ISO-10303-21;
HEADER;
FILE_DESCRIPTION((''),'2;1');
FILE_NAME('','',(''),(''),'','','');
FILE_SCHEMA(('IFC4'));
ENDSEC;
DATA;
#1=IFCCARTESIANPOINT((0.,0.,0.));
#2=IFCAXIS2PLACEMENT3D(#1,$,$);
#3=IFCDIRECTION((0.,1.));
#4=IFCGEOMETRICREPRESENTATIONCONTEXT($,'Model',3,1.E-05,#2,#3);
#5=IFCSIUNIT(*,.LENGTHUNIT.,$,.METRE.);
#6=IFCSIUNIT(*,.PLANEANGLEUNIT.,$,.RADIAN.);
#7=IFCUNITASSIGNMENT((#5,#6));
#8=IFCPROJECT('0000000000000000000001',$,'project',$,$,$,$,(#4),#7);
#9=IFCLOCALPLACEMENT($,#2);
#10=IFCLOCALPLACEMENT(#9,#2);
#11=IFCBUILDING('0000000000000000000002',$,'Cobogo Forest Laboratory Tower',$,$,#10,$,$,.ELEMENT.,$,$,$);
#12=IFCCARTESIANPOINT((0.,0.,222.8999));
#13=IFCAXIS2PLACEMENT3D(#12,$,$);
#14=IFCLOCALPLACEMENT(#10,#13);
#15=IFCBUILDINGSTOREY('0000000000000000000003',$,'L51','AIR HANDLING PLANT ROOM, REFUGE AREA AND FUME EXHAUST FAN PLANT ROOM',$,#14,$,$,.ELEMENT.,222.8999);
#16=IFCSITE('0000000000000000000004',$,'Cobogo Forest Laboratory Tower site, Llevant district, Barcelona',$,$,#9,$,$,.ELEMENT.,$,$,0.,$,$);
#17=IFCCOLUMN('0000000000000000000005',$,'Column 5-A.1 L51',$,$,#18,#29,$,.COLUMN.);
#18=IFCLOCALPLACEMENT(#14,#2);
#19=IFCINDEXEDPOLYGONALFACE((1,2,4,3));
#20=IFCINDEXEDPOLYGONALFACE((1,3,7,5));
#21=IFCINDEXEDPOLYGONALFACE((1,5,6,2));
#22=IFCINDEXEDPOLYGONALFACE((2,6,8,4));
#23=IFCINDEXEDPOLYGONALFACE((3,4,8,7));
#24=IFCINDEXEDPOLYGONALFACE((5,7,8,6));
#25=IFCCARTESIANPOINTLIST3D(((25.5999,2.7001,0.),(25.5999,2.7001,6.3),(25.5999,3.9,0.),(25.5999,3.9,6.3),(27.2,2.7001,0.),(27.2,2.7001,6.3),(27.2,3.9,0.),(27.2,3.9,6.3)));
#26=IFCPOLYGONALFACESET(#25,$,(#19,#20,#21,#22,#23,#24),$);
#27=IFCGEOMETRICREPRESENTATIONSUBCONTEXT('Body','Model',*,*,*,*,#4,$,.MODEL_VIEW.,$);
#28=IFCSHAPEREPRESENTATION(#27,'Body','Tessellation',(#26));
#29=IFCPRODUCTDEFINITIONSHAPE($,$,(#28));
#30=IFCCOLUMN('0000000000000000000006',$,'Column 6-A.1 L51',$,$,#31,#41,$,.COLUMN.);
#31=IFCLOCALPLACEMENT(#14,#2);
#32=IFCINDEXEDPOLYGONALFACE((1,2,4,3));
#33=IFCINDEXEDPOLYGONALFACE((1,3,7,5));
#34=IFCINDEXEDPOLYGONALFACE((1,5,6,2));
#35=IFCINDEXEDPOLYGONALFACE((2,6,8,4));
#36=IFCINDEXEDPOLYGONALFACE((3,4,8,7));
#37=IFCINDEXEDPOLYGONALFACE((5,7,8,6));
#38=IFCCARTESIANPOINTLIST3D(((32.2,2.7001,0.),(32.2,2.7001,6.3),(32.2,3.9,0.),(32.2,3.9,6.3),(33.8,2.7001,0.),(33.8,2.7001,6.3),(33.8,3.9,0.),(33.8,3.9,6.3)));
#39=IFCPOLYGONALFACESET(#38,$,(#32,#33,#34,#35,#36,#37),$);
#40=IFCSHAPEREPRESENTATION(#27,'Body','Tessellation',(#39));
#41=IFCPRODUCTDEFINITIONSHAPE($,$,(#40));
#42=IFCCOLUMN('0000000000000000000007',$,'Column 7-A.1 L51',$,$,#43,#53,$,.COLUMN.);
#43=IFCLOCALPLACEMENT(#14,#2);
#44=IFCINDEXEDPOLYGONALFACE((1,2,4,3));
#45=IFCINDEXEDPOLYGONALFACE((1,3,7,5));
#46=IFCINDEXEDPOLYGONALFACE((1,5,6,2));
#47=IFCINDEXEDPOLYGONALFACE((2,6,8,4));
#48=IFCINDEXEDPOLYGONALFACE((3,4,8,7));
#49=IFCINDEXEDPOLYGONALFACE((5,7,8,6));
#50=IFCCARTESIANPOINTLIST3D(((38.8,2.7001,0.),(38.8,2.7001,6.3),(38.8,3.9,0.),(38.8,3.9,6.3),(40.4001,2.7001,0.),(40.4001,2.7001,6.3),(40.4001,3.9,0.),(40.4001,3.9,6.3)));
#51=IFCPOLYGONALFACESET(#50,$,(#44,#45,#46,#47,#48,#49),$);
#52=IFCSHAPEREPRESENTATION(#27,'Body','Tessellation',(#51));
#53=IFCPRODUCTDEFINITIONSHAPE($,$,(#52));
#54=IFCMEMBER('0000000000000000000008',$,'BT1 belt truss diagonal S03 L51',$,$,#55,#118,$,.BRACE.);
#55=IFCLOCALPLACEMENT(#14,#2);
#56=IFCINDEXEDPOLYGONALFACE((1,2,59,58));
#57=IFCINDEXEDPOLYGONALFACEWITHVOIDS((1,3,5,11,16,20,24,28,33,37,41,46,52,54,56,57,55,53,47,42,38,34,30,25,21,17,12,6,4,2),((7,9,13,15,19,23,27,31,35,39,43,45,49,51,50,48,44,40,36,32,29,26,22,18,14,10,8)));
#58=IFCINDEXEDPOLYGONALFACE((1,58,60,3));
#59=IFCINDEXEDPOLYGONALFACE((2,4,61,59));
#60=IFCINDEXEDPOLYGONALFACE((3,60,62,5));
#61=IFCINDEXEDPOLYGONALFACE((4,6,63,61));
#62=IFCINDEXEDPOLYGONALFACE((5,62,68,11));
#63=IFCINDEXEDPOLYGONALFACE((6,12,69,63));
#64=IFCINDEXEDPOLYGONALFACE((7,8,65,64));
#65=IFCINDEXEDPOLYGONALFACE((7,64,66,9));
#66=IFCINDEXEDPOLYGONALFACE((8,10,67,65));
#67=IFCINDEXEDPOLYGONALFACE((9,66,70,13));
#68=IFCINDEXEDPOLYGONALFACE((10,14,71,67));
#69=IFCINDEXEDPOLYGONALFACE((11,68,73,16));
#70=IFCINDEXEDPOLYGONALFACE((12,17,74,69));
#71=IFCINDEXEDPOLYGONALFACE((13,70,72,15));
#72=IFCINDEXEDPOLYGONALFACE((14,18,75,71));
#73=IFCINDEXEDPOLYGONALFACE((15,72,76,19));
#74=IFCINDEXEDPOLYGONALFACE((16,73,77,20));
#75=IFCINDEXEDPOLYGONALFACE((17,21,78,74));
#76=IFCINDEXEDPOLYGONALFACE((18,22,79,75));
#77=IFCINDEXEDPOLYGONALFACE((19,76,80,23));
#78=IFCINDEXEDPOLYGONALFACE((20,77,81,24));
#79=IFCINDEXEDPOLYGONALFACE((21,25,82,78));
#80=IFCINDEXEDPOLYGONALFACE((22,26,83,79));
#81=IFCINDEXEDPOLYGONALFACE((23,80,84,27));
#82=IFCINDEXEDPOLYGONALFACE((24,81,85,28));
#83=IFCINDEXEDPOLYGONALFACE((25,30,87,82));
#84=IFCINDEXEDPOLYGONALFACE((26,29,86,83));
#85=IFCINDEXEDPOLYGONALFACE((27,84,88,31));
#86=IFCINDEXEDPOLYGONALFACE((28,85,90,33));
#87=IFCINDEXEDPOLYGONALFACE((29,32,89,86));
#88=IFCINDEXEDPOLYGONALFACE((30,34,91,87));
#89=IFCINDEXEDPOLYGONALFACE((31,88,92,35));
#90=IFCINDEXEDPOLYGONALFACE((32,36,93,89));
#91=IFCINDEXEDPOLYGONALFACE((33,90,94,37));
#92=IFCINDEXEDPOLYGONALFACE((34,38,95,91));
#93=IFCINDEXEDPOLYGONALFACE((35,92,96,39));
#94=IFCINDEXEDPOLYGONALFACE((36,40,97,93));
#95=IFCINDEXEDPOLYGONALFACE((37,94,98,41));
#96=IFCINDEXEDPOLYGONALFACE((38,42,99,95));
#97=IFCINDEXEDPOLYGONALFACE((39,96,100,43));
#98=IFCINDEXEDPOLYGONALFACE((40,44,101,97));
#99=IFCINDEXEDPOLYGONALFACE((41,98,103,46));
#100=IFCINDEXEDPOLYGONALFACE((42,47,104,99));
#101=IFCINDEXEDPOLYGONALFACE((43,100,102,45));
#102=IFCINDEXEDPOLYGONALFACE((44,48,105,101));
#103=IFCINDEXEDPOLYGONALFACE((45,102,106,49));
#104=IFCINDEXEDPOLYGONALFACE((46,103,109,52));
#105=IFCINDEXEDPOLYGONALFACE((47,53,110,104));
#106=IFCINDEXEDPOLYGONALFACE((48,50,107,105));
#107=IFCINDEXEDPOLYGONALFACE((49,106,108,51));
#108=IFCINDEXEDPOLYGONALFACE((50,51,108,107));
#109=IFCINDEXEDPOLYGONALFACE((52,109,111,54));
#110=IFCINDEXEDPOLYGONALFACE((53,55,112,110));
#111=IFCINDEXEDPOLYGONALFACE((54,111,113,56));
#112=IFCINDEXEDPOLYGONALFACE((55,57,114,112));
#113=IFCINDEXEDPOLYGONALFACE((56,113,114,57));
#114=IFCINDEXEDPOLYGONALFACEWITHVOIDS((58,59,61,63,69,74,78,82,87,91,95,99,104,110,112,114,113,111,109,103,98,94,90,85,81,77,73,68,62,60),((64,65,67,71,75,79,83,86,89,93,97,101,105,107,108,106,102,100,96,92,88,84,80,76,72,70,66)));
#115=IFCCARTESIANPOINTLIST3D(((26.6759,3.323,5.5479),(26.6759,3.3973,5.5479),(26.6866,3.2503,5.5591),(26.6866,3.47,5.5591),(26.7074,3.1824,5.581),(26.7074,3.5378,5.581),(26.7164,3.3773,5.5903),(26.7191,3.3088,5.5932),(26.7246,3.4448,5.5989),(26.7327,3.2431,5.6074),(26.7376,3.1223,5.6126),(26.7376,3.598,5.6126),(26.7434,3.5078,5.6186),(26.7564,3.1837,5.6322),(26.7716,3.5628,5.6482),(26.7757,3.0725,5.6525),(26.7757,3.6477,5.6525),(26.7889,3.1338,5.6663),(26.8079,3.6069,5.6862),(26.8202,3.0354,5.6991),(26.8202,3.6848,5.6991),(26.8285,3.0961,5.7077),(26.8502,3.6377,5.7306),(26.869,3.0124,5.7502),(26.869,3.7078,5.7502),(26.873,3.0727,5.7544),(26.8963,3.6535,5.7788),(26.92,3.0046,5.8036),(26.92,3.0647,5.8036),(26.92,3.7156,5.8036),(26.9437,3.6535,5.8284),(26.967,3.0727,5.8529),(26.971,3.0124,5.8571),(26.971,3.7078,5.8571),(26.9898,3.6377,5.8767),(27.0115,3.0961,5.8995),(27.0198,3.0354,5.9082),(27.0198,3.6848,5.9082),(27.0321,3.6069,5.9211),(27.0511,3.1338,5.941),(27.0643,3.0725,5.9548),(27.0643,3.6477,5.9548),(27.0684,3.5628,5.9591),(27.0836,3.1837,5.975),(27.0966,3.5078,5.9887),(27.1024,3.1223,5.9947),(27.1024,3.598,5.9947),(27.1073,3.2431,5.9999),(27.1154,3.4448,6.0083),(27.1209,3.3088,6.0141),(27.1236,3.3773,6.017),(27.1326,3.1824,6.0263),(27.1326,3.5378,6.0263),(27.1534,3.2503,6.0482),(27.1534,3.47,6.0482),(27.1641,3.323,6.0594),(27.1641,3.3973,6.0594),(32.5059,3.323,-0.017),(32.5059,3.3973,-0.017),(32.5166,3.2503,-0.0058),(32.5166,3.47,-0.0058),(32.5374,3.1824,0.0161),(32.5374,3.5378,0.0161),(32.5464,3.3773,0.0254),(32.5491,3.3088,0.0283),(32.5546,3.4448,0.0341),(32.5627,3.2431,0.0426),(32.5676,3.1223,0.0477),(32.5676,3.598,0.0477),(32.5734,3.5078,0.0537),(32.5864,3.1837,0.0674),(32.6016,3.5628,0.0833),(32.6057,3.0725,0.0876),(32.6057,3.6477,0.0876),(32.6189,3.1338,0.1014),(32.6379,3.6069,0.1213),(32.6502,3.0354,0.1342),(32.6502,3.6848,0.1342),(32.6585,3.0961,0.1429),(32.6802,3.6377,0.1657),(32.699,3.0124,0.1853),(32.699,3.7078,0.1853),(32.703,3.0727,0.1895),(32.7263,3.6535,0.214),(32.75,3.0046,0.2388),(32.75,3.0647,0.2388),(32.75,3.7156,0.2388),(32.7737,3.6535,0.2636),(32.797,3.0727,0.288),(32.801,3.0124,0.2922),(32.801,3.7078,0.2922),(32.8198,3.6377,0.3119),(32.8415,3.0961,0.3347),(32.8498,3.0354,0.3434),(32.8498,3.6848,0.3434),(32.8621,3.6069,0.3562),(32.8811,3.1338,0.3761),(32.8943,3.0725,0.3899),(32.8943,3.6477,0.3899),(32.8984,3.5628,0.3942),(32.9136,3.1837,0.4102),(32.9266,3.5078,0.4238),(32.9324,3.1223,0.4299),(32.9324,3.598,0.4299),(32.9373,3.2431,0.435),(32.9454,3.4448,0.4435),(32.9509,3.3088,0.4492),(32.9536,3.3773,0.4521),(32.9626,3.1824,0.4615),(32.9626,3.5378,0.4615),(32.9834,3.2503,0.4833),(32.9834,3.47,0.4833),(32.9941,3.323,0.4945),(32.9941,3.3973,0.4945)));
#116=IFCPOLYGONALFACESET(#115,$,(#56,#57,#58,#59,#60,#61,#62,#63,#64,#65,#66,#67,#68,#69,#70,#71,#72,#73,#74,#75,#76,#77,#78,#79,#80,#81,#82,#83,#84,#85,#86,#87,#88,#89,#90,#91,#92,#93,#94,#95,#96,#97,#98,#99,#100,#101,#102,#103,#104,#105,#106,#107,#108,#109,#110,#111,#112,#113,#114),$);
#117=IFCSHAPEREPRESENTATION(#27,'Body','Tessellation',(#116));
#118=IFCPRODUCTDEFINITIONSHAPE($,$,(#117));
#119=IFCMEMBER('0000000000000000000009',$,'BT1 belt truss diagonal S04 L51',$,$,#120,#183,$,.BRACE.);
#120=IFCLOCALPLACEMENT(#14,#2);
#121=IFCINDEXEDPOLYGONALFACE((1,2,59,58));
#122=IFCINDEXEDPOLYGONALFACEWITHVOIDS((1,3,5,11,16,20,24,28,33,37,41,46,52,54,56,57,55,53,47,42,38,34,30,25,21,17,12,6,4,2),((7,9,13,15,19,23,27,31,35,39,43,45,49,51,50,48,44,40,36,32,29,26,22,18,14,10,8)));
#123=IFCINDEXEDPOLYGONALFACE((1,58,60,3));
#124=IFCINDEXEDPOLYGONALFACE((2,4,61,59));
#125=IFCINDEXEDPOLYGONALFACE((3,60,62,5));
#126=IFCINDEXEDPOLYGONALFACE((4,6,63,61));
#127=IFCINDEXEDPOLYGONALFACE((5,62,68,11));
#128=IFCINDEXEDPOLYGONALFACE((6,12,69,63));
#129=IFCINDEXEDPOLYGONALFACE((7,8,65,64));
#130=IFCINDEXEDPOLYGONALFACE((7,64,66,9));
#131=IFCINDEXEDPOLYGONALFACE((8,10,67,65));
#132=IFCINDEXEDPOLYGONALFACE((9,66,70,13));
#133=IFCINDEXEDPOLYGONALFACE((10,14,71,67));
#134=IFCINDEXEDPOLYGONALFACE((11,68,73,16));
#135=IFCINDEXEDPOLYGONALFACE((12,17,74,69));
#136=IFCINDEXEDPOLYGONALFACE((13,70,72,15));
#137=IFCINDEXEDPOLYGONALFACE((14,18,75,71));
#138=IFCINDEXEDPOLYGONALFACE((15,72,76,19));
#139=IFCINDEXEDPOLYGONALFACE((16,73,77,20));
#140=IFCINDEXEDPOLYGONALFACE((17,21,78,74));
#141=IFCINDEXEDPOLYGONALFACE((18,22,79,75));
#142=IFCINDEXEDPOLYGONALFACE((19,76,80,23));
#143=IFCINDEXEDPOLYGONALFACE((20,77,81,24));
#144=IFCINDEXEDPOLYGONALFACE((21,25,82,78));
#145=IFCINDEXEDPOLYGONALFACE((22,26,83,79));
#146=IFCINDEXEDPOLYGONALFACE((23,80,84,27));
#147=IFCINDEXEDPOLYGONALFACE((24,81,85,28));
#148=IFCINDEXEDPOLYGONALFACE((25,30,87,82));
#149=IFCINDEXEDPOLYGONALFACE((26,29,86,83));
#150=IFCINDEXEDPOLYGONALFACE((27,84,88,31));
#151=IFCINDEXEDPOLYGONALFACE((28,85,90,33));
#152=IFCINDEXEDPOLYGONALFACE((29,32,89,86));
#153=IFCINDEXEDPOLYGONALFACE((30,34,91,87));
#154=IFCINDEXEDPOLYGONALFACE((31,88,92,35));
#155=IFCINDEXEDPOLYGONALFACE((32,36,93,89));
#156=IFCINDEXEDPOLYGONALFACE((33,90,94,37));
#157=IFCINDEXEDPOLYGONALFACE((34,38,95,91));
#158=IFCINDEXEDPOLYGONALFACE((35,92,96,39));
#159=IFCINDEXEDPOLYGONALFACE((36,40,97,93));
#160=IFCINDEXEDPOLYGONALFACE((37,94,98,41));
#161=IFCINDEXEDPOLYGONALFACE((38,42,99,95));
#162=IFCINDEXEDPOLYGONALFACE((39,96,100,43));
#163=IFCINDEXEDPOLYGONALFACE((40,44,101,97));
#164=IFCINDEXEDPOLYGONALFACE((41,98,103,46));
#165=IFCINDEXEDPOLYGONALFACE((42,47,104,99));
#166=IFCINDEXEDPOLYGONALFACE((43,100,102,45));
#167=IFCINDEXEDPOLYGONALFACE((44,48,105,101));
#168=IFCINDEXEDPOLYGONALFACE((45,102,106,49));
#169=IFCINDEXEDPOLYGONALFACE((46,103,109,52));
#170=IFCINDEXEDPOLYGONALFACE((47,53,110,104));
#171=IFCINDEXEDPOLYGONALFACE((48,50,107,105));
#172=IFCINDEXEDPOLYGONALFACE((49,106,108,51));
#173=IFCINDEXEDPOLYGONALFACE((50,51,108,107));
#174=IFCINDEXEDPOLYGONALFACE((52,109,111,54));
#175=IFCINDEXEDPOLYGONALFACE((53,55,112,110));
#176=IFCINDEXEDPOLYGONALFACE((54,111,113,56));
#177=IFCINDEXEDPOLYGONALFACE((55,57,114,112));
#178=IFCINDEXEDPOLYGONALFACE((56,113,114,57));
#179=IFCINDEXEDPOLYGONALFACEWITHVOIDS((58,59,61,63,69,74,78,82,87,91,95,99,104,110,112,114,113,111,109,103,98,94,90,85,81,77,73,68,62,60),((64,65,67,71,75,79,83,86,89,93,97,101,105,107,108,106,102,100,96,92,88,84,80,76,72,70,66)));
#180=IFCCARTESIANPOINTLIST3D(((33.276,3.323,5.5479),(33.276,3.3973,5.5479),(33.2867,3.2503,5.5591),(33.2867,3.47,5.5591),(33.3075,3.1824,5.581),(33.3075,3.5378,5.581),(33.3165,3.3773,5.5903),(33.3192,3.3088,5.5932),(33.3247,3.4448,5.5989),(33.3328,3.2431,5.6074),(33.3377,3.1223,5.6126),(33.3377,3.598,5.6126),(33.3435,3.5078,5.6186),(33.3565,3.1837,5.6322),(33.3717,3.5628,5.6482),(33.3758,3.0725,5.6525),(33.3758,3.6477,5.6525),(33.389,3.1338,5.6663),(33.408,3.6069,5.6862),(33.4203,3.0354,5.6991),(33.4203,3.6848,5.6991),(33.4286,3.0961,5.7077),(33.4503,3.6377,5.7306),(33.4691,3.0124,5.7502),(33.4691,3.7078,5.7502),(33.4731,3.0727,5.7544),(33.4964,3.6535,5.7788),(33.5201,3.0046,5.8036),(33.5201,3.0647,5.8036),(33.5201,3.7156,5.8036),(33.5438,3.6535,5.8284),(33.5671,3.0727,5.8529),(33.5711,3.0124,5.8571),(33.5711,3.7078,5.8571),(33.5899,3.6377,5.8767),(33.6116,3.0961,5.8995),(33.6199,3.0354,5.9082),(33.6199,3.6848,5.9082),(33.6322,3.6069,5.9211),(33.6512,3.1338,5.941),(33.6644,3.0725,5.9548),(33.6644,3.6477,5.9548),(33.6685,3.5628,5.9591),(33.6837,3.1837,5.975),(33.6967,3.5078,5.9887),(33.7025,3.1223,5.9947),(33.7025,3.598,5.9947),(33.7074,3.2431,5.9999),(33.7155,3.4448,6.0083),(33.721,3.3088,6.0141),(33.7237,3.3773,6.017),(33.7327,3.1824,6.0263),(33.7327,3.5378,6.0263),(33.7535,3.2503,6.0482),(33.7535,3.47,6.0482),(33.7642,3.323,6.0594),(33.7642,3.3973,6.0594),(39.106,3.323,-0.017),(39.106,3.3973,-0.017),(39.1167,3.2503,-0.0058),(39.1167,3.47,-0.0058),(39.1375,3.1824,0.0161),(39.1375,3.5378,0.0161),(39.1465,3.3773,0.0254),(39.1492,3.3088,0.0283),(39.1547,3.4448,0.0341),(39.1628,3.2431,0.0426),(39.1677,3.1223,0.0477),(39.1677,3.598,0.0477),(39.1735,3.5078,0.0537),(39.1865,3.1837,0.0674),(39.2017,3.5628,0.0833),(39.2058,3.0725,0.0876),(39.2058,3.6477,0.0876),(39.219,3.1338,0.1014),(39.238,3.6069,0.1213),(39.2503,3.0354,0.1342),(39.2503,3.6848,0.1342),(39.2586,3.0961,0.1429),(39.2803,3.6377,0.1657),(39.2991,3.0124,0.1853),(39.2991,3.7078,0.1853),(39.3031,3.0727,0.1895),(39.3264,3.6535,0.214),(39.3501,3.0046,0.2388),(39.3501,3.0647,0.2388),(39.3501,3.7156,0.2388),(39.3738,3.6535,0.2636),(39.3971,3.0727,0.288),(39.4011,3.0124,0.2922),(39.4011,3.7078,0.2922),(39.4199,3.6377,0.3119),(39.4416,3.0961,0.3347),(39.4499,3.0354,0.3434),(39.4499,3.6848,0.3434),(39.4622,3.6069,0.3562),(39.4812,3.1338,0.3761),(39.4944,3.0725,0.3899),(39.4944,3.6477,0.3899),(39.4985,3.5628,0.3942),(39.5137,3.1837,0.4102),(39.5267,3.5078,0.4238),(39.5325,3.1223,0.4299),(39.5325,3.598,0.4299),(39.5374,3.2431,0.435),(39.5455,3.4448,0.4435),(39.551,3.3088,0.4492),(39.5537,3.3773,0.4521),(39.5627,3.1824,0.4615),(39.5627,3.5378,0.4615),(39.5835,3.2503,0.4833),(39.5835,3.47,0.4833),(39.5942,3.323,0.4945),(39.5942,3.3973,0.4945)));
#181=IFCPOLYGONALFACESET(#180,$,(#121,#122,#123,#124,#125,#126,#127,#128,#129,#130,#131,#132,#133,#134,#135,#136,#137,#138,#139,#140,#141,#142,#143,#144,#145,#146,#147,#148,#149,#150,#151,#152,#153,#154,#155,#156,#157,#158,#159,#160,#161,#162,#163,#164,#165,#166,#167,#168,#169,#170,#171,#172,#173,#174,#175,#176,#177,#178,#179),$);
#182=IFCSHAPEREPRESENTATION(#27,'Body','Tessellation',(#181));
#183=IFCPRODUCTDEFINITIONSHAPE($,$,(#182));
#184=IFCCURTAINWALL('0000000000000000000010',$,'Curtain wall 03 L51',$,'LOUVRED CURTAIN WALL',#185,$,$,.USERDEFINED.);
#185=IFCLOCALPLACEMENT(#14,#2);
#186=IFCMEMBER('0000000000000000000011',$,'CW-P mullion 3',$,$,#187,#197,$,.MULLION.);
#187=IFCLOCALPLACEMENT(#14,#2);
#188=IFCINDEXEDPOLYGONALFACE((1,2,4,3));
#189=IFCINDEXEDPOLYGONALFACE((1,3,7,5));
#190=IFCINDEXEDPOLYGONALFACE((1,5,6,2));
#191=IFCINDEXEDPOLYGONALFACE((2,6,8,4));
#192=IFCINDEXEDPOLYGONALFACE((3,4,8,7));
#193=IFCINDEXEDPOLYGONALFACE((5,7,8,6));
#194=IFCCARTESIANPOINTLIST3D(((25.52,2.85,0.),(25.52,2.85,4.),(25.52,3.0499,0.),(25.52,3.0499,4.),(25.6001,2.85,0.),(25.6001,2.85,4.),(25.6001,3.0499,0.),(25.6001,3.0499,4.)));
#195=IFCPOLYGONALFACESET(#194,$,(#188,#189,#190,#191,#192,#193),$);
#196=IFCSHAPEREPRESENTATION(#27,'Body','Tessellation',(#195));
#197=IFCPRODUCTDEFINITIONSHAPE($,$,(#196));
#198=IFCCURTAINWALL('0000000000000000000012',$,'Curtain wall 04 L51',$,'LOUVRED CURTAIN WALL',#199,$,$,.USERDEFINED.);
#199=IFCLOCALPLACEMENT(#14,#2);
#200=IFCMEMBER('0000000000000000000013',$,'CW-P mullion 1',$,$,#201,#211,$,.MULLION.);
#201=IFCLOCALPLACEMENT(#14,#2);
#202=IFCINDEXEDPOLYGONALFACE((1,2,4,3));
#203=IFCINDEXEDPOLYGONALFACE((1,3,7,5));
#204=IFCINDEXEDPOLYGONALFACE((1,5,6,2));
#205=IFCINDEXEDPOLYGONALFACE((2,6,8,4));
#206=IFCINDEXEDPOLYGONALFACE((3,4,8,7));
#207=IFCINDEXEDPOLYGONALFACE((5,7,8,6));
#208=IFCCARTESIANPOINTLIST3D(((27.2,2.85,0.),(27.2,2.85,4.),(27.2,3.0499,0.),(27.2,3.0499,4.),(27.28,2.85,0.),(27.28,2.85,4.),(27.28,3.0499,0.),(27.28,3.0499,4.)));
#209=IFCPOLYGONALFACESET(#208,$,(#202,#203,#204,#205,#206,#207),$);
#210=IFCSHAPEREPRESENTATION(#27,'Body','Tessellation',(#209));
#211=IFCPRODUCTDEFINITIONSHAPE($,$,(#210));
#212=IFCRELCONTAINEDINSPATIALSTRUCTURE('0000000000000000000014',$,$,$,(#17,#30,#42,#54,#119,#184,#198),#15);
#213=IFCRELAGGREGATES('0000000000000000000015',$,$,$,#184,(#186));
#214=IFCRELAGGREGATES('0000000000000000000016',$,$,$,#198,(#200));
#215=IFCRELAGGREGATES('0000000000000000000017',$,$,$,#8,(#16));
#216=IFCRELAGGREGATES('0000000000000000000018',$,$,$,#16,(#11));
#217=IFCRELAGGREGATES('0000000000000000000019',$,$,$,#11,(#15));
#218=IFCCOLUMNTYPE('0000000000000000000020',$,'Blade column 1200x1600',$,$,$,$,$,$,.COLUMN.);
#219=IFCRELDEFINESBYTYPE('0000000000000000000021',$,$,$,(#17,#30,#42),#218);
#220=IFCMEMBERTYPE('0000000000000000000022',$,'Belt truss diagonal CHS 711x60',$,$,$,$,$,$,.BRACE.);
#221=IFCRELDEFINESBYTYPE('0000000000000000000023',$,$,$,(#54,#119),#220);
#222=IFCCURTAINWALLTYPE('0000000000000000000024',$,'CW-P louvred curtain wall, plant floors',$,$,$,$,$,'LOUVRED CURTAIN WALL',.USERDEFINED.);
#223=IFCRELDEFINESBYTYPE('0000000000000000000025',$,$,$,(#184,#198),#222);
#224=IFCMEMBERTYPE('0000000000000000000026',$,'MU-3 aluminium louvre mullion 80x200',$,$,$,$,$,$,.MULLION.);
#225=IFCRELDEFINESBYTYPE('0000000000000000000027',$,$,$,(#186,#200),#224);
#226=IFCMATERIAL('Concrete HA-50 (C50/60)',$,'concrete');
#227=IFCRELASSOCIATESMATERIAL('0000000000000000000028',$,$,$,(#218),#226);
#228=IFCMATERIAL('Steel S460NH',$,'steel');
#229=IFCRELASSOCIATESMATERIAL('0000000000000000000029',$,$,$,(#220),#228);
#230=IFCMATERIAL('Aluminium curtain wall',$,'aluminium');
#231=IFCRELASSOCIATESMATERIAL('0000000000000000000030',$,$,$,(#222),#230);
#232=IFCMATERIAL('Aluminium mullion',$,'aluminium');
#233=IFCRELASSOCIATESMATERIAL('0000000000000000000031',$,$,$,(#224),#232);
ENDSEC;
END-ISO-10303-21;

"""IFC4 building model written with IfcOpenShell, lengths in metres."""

from ifc_helpers import new_model, si_unit, direction, frame, origin, origin_2d, place, context, subcontext, project, spatial, rectangle, hollow_circle, extrude, material, material_profile, profile_set, type_object, element, aggregate, save


model = new_model("IFC4")

# Units and contexts
model_context = context("Model", 3, precision=1e-05, world=origin(), true_north=direction((0.0, 1.0)))
body_context = subcontext(model_context, "Body", "Model", "MODEL_VIEW")
ifc_project = project(units=[si_unit("LENGTHUNIT", "METRE"), si_unit("PLANEANGLEUNIT", "RADIAN")], contexts=[model_context])

# Site, building, storey
site_placement = place(None, origin())
site = spatial("IfcSite", under=ifc_project, at=site_placement, Name="Cobogo Forest Laboratory Tower site, Llevant district, Barcelona", CompositionType="ELEMENT", RefElevation=0.0)
building_placement = place(site_placement, origin())
building = spatial("IfcBuilding", under=site, at=building_placement, Name="Cobogo Forest Laboratory Tower", CompositionType="ELEMENT")
storey_placement = place(building_placement, frame((0.0, 0.0, 222.8999)))
storey = spatial("IfcBuildingStorey", under=building, at=storey_placement, Name="L51", Description="AIR HANDLING PLANT ROOM, REFUGE AREA AND FUME EXHAUST FAN PLANT ROOM", CompositionType="ELEMENT", Elevation=222.8999)

# Columns
ifc_material_1 = material(Name="Concrete HA-50 (C50/60)", Category="concrete")
ifc_material_profile_1 = material_profile(ifc_material_1, rectangle(XDim=1.6001, YDim=1.2, at=origin_2d()), Name="RC 1200x1600")
ifc_profile_set_1 = profile_set([ifc_material_profile_1], Name="Concrete HA-50 (C50/60)")
column_type = type_object("IfcColumnType", Name="Blade column 1200x1600", PredefinedType="COLUMN", material=ifc_profile_set_1)
for number, where, z_axis, x_axis, name in (
    (1, (26.3999, 3.3, 0.0), (0.0, 0.0, 1.0), (1.0, 0.0, 0.0), "Column 5-A.1 L51"),
    (2, (33.0, 3.3, 0.0), (0.0, 0.0, 1.0), (1.0, 0.0, 0.0), "Column 6-A.1 L51"),
    (3, (39.6001, 3.3, 0.0), (0.0, 0.0, 1.0), (1.0, 0.0, 0.0), "Column 7-A.1 L51"),
):
    element("IfcColumn", number, at=place(storey_placement, frame(where, z_axis=z_axis, x_axis=x_axis)), inside=storey, type_object=column_type, Name=name, PredefinedType="COLUMN", context=body_context, shape_type="SweptSolid", body=[
        extrude(rectangle(XDim=1.6001, YDim=1.2, at=origin_2d()), origin(), (0.0, 0.0, 1.0), 6.3),
    ])

# Members
ifc_material_2 = material(Name="Steel S460NH", Category="steel")
ifc_material_profile_2 = material_profile(ifc_material_2, hollow_circle(Radius=0.3555, WallThickness=0.0601, at=origin_2d()), Name="CHS 711x60")
ifc_profile_set_2 = profile_set([ifc_material_profile_2], Name="Steel S460NH")
member_type_1 = type_object("IfcMemberType", Name="Belt truss diagonal CHS 711x60", PredefinedType="BRACE", material=ifc_profile_set_2)
for number, where, z_axis, x_axis, name in (
    (4, (32.75, 3.3601, 0.2388), (-0.723364, 0.0, 0.690467), (0.0, -1.0, 0.0), "BT1 belt truss diagonal S03 L51"),
    (5, (39.3501, 3.3601, 0.2388), (-0.723364, 0.0, 0.690467), (0.0, -1.0, 0.0), "BT1 belt truss diagonal S04 L51"),
):
    element("IfcMember", number, at=place(storey_placement, frame(where, z_axis=z_axis, x_axis=x_axis)), inside=storey, type_object=member_type_1, Name=name, PredefinedType="BRACE", context=body_context, shape_type="SweptSolid", body=[
        extrude(hollow_circle(Radius=0.3555, WallThickness=0.0601, at=origin_2d()), origin(), (0.0, 0.0, 1.0), 8.0596),
    ])

# Curtain wall, member
ifc_material_3 = material(Name="Aluminium curtain wall", Category="aluminium")
curtain_wall_type = type_object("IfcCurtainWallType", Name="CW-P louvred curtain wall, plant floors", ElementType="LOUVRED CURTAIN WALL", PredefinedType="USERDEFINED", material=ifc_material_3)
curtain_wall_1_placement = place(storey_placement, origin())
curtain_wall_1 = element("IfcCurtainWall", 6, at=curtain_wall_1_placement, inside=storey, type_object=curtain_wall_type, Name="Curtain wall 03 L51", ObjectType="LOUVRED CURTAIN WALL", PredefinedType="USERDEFINED")
ifc_material_4 = material(Name="Aluminium mullion", Category="aluminium")
ifc_material_profile_3 = material_profile(ifc_material_4, rectangle(XDim=0.0801, YDim=0.2, at=origin_2d()), Name="AL 80x200")
ifc_profile_set_3 = profile_set([ifc_material_profile_3], Name="Aluminium mullion")
member_type_2 = type_object("IfcMemberType", Name="MU-3 aluminium louvre mullion 80x200", PredefinedType="MULLION", material=ifc_profile_set_3)
member_1_placement = place(storey_placement, frame((25.5601, 2.95, 0.0), z_axis=(0.0, 0.0, 1.0), x_axis=(1.0, 0.0, 0.0)))
member_1 = element("IfcMember", 7, at=member_1_placement, type_object=member_type_2, Name="CW-P mullion 3", PredefinedType="MULLION", context=body_context, shape_type="SweptSolid", body=[
    extrude(rectangle(XDim=0.0801, YDim=0.2, at=origin_2d()), origin(), (0.0, 0.0, 1.0), 4.0),
])
aggregate(curtain_wall_1, [member_1])

# Curtain wall, member
curtain_wall_2_placement = place(storey_placement, origin())
curtain_wall_2 = element("IfcCurtainWall", 8, at=curtain_wall_2_placement, inside=storey, type_object=curtain_wall_type, Name="Curtain wall 04 L51", ObjectType="LOUVRED CURTAIN WALL", PredefinedType="USERDEFINED")
member_2_placement = place(storey_placement, frame((27.24, 2.95, 0.0), z_axis=(0.0, 0.0, 1.0), x_axis=(1.0, 0.0, 0.0)))
member_2 = element("IfcMember", 9, at=member_2_placement, type_object=member_type_2, Name="CW-P mullion 1", PredefinedType="MULLION", context=body_context, shape_type="SweptSolid", body=[
    extrude(rectangle(XDim=0.0801, YDim=0.2, at=origin_2d()), origin(), (0.0, 0.0, 1.0), 4.0),
])

aggregate(curtain_wall_2, [member_2])

save(model, "model.ifc")
